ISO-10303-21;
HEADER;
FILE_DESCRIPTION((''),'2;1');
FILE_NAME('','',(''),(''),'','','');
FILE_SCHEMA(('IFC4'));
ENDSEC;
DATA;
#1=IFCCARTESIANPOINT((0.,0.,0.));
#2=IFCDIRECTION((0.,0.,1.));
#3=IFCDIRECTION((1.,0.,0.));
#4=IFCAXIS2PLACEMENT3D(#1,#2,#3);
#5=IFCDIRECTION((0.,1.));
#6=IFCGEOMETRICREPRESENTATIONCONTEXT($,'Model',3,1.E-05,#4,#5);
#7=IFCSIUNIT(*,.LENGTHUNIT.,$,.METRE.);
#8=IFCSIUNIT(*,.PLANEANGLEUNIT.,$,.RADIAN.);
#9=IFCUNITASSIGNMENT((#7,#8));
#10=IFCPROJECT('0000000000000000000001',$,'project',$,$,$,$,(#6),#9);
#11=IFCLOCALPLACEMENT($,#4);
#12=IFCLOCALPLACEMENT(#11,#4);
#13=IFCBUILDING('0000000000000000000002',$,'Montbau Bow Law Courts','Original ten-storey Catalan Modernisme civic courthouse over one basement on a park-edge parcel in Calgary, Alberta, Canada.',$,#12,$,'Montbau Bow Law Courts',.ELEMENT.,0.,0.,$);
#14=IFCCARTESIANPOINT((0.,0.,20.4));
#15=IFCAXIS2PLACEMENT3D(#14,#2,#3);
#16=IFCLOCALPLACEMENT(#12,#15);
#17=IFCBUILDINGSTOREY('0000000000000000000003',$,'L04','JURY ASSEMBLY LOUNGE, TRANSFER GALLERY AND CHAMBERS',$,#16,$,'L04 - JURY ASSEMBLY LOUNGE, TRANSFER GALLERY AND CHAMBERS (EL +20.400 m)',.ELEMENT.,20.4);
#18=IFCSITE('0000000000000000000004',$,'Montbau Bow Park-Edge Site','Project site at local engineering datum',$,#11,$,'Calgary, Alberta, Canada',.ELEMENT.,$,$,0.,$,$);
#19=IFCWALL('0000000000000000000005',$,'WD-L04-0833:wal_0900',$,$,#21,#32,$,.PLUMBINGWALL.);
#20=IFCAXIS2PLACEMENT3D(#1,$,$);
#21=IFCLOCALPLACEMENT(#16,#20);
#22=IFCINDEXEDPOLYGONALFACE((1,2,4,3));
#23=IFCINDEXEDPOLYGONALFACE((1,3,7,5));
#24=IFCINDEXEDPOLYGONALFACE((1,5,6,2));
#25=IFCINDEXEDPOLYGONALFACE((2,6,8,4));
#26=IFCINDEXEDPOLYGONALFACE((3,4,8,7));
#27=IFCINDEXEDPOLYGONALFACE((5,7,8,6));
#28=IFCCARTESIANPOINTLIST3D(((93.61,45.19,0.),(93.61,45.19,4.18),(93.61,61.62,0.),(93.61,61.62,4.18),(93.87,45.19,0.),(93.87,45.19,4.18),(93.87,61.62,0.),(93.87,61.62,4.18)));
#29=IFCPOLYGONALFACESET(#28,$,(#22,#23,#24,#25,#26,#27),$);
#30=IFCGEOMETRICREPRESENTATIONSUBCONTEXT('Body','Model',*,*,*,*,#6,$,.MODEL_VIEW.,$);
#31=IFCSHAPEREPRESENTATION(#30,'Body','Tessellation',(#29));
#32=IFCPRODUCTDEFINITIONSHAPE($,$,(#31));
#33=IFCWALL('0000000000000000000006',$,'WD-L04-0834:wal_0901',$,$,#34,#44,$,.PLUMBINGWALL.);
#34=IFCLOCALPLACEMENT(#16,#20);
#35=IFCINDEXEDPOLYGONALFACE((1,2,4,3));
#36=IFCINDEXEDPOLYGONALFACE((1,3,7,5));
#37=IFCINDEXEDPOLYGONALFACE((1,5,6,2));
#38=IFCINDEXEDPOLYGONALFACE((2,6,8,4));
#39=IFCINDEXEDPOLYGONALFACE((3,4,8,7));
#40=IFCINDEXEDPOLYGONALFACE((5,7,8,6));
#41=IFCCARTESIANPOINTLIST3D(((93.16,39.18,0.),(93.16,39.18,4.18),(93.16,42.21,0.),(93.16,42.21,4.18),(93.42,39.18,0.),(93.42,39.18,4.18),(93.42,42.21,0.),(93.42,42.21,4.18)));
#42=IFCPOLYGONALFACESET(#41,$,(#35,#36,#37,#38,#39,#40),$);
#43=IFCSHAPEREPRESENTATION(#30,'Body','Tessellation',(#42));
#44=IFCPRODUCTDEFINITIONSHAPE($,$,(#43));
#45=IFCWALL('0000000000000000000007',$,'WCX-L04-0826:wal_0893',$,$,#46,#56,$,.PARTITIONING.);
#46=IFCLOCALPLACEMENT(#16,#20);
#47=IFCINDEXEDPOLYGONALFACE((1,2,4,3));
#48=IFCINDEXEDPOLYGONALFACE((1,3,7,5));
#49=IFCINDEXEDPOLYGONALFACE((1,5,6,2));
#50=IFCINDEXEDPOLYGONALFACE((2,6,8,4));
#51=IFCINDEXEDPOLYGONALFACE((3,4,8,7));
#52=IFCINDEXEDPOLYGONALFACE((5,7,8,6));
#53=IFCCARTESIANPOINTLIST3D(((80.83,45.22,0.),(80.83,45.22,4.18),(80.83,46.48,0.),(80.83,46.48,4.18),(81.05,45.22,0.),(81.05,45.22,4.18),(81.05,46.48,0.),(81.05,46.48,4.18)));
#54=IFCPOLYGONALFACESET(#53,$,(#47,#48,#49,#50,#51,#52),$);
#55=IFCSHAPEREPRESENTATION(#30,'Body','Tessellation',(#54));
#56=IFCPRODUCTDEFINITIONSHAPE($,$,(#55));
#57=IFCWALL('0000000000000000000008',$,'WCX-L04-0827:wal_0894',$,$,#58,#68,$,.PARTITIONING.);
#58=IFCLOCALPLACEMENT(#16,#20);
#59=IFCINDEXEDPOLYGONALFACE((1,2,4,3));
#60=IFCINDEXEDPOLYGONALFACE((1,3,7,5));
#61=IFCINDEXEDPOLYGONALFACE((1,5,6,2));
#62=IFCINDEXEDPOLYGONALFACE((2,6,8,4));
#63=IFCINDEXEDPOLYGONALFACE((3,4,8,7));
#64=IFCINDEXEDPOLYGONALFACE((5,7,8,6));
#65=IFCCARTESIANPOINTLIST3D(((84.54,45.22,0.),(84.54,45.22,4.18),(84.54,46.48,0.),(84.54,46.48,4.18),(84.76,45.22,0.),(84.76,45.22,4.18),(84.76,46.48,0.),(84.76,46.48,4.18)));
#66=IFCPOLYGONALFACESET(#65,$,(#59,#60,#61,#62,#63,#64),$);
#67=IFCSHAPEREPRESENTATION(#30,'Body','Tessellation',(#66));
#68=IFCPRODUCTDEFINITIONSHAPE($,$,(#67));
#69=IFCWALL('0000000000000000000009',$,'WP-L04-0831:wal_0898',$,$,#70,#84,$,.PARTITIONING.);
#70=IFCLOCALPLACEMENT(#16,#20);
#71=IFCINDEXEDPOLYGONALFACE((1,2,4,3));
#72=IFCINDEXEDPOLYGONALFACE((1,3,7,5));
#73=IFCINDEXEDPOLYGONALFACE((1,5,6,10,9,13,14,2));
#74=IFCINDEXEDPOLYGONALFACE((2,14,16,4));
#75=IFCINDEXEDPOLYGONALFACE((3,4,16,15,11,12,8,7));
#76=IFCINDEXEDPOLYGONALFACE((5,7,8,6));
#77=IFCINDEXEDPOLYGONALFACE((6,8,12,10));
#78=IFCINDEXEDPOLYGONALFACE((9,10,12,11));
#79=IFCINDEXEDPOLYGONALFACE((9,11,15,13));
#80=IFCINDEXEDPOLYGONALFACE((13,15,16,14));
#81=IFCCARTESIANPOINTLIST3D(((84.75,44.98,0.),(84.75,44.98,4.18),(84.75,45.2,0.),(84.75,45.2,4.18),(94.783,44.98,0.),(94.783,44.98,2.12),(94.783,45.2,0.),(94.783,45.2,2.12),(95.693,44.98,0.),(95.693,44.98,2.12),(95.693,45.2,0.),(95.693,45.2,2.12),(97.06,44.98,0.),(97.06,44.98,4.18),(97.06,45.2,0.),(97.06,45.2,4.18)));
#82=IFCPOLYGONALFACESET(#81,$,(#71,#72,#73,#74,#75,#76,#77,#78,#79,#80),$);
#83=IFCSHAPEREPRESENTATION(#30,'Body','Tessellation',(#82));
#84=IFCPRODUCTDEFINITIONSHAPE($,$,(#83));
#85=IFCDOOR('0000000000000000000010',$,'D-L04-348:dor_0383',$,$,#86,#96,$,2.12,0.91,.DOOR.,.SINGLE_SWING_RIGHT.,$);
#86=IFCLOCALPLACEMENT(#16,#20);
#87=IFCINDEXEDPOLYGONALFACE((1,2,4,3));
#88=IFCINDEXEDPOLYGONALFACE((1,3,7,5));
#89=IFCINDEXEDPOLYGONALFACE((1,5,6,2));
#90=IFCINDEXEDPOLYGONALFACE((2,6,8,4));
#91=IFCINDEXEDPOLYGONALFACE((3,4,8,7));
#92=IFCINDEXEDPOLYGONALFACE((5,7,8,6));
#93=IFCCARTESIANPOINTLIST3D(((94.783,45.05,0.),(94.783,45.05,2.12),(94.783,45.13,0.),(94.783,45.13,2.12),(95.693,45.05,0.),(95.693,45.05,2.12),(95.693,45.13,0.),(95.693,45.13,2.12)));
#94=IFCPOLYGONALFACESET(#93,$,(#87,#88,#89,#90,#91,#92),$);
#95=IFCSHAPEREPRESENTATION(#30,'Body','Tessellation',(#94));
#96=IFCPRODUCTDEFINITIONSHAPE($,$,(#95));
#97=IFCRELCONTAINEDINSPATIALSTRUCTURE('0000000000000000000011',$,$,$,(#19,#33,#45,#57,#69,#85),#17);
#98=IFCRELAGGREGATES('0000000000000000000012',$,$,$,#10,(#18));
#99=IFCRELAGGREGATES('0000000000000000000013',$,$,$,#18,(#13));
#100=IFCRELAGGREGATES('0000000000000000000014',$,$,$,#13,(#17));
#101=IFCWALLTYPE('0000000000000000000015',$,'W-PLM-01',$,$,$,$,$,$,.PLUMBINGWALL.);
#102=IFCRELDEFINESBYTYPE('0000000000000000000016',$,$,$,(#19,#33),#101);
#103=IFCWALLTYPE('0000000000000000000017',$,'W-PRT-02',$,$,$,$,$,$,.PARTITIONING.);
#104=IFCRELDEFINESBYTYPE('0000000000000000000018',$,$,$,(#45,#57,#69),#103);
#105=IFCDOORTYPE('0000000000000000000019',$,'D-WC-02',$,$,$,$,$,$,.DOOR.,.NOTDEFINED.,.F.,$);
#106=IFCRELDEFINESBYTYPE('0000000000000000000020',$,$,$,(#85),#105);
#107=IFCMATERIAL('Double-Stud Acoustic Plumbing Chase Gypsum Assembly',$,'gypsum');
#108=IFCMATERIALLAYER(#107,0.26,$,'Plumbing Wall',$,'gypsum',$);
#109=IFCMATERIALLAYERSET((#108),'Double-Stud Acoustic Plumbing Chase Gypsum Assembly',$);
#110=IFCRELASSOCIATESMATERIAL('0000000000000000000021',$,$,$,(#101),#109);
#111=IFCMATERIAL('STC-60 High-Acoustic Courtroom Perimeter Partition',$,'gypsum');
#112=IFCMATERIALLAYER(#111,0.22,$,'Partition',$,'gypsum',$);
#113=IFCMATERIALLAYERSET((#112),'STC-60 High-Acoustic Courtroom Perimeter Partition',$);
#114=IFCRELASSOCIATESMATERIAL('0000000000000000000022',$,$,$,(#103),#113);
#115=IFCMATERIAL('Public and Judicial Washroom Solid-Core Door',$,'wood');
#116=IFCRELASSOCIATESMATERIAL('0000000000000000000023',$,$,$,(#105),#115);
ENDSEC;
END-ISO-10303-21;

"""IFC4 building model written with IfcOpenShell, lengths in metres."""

from ifc_helpers import new_model, si_unit, direction, frame, frame_2d, origin_with_axes, place, context, subcontext, project, spatial, rectangle, extrude, material, layer, layer_set, type_object, element, fill, save


model = new_model("IFC4")

# Units and contexts
model_context = context("Model", 3, precision=1e-05, world=origin_with_axes(), true_north=direction((0.0, 1.0)))
body_context = subcontext(model_context, "Body", "Model", "MODEL_VIEW")
ifc_project = project(units=[si_unit("LENGTHUNIT", "METRE"), si_unit("PLANEANGLEUNIT", "RADIAN")], contexts=[model_context])

# Site, building, storey
site_placement = place(None, origin_with_axes())
site = spatial("IfcSite", under=ifc_project, at=site_placement, Name="Montbau Bow Park-Edge Site", Description="Project site at local engineering datum", LongName="Calgary, Alberta, Canada", CompositionType="ELEMENT", RefElevation=0.0)
building_placement = place(site_placement, origin_with_axes())
building = spatial("IfcBuilding", under=site, at=building_placement, Name="Montbau Bow Law Courts", Description="Original ten-storey Catalan Modernisme civic courthouse over one basement on a park-edge parcel in Calgary, Alberta, Canada.", LongName="Montbau Bow Law Courts", CompositionType="ELEMENT", ElevationOfRefHeight=0.0, ElevationOfTerrain=0.0)
storey_placement = place(building_placement, frame((0.0, 0.0, 20.4), z_axis=(0.0, 0.0, 1.0), x_axis=(1.0, 0.0, 0.0)))
storey = spatial("IfcBuildingStorey", under=building, at=storey_placement, Name="L04", Description="JURY ASSEMBLY LOUNGE, TRANSFER GALLERY AND CHAMBERS", LongName="L04 - JURY ASSEMBLY LOUNGE, TRANSFER GALLERY AND CHAMBERS (EL +20.400 m)", CompositionType="ELEMENT", Elevation=20.4)

# Walls
ifc_material_1 = material(Name="Double-Stud Acoustic Plumbing Chase Gypsum Assembly", Category="gypsum")
ifc_layer_1 = layer(ifc_material_1, 0.26, Name="Plumbing Wall", Category="gypsum")
ifc_layer_set_1 = layer_set([ifc_layer_1], Name="Double-Stud Acoustic Plumbing Chase Gypsum Assembly")
wall_type_1 = type_object("IfcWallType", Name="W-PLM-01", PredefinedType="PLUMBINGWALL", material=ifc_layer_set_1)
wall_1_placement = place(None, frame((93.74, 45.19, 20.4), z_axis=(0.0, 0.0, 1.0), x_axis=(0.0, 1.0, 0.0)))
element("IfcWall", 1, at=wall_1_placement, inside=storey, type_object=wall_type_1, Name="WD-L04-0833:wal_0900", PredefinedType="PLUMBINGWALL", context=body_context, shape_type="SweptSolid", body=[
    extrude(rectangle(XDim=16.43, YDim=0.26, at=frame_2d((8.215, 0.0), x_axis=(1.0, 0.0))), origin_with_axes(), (0.0, 0.0, 1.0), 4.18),
])
wall_2_placement = place(None, frame((93.29, 39.18, 20.4), z_axis=(0.0, 0.0, 1.0), x_axis=(0.0, 1.0, 0.0)))
element("IfcWall", 2, at=wall_2_placement, inside=storey, type_object=wall_type_1, Name="WD-L04-0834:wal_0901", PredefinedType="PLUMBINGWALL", context=body_context, shape_type="SweptSolid", body=[
    extrude(rectangle(XDim=3.03, YDim=0.26, at=frame_2d((1.515, 0.0), x_axis=(1.0, 0.0))), origin_with_axes(), (0.0, 0.0, 1.0), 4.18),
])
ifc_material_2 = material(Name="STC-60 High-Acoustic Courtroom Perimeter Partition", Category="gypsum")
ifc_layer_2 = layer(ifc_material_2, 0.22, Name="Partition", Category="gypsum")
ifc_layer_set_2 = layer_set([ifc_layer_2], Name="STC-60 High-Acoustic Courtroom Perimeter Partition")
wall_type_2 = type_object("IfcWallType", Name="W-PRT-02", PredefinedType="PARTITIONING", material=ifc_layer_set_2)
for number, where, z_axis, x_axis, name in (
    (3, (80.94, 45.22, 20.4), (0.0, 0.0, 1.0), (0.0, 1.0, 0.0), "WCX-L04-0826:wal_0893"),
    (4, (84.65, 45.22, 20.4), (0.0, 0.0, 1.0), (0.0, 1.0, 0.0), "WCX-L04-0827:wal_0894"),
):
    element("IfcWall", number, at=place(None, frame(where, z_axis=z_axis, x_axis=x_axis)), inside=storey, type_object=wall_type_2, Name=name, PredefinedType="PARTITIONING", context=body_context, shape_type="SweptSolid", body=[
        extrude(rectangle(XDim=1.26, YDim=0.22, at=frame_2d((0.63, 0.0), x_axis=(1.0, 0.0))), origin_with_axes(), (0.0, 0.0, 1.0), 4.18),
    ])

# Wall, opening, door
wall_3_placement = place(None, frame((84.75, 45.09, 20.4), z_axis=(0.0, 0.0, 1.0), x_axis=(1.0, 0.0, 0.0)))
wall_3 = element("IfcWall", 5, at=wall_3_placement, inside=storey, type_object=wall_type_2, Name="WP-L04-0831:wal_0898", PredefinedType="PARTITIONING", context=body_context, shape_type="SweptSolid", body=[
    extrude(rectangle(XDim=12.31, YDim=0.22, at=frame_2d((6.155, 0.0), x_axis=(1.0, 0.0))), origin_with_axes(), (0.0, 0.0, 1.0), 4.18),
])
opening_1_placement = place(None, frame((95.238, 45.09, 20.4), z_axis=(0.0, 0.0, 1.0), x_axis=(1.0, 0.0, 0.0)))
opening_1 = element("IfcOpeningElement", 6, at=opening_1_placement, cuts=wall_3, PredefinedType="OPENING", context=body_context, shape_type="SweptSolid", body=[
    extrude(rectangle(XDim=0.91, YDim=2.12, at=frame_2d((0.0, 1.06), x_axis=(1.0, 0.0))), frame((0.0, 0.12, 0.0), z_axis=(0.0, -1.0, 0.0), x_axis=(1.0, 0.0, 0.0)), (0.0, 0.0, 1.0), 0.24),
])
ifc_material_3 = material(Name="Public and Judicial Washroom Solid-Core Door", Category="wood")
door_type_1 = type_object("IfcDoorType", Name="D-WC-02", OperationType="NOTDEFINED", ParameterTakesPrecedence=False, PredefinedType="DOOR", material=ifc_material_3)
door_1_placement = place(None, frame((95.238, 45.09, 20.4), z_axis=(0.0, 0.0, 1.0), x_axis=(-1.0, 0.0, 0.0)))
door_1 = element("IfcDoor", 7, at=door_1_placement, inside=storey, type_object=door_type_1, Name="D-L04-348:dor_0383", OperationType="SINGLE_SWING_RIGHT", OverallHeight=2.12, OverallWidth=0.91, PredefinedType="DOOR", context=body_context, shape_type="SweptSolid", body=[
    extrude(rectangle(XDim=0.91, YDim=2.12, at=frame_2d((0.0, 1.06), x_axis=(1.0, 0.0))), frame((0.0, 0.04, 0.0), z_axis=(0.0, -1.0, 0.0), x_axis=(1.0, 0.0, 0.0)), (0.0, 0.0, 1.0), 0.08),
])
fill(opening_1, door_1)

save(model, "model.ifc")
